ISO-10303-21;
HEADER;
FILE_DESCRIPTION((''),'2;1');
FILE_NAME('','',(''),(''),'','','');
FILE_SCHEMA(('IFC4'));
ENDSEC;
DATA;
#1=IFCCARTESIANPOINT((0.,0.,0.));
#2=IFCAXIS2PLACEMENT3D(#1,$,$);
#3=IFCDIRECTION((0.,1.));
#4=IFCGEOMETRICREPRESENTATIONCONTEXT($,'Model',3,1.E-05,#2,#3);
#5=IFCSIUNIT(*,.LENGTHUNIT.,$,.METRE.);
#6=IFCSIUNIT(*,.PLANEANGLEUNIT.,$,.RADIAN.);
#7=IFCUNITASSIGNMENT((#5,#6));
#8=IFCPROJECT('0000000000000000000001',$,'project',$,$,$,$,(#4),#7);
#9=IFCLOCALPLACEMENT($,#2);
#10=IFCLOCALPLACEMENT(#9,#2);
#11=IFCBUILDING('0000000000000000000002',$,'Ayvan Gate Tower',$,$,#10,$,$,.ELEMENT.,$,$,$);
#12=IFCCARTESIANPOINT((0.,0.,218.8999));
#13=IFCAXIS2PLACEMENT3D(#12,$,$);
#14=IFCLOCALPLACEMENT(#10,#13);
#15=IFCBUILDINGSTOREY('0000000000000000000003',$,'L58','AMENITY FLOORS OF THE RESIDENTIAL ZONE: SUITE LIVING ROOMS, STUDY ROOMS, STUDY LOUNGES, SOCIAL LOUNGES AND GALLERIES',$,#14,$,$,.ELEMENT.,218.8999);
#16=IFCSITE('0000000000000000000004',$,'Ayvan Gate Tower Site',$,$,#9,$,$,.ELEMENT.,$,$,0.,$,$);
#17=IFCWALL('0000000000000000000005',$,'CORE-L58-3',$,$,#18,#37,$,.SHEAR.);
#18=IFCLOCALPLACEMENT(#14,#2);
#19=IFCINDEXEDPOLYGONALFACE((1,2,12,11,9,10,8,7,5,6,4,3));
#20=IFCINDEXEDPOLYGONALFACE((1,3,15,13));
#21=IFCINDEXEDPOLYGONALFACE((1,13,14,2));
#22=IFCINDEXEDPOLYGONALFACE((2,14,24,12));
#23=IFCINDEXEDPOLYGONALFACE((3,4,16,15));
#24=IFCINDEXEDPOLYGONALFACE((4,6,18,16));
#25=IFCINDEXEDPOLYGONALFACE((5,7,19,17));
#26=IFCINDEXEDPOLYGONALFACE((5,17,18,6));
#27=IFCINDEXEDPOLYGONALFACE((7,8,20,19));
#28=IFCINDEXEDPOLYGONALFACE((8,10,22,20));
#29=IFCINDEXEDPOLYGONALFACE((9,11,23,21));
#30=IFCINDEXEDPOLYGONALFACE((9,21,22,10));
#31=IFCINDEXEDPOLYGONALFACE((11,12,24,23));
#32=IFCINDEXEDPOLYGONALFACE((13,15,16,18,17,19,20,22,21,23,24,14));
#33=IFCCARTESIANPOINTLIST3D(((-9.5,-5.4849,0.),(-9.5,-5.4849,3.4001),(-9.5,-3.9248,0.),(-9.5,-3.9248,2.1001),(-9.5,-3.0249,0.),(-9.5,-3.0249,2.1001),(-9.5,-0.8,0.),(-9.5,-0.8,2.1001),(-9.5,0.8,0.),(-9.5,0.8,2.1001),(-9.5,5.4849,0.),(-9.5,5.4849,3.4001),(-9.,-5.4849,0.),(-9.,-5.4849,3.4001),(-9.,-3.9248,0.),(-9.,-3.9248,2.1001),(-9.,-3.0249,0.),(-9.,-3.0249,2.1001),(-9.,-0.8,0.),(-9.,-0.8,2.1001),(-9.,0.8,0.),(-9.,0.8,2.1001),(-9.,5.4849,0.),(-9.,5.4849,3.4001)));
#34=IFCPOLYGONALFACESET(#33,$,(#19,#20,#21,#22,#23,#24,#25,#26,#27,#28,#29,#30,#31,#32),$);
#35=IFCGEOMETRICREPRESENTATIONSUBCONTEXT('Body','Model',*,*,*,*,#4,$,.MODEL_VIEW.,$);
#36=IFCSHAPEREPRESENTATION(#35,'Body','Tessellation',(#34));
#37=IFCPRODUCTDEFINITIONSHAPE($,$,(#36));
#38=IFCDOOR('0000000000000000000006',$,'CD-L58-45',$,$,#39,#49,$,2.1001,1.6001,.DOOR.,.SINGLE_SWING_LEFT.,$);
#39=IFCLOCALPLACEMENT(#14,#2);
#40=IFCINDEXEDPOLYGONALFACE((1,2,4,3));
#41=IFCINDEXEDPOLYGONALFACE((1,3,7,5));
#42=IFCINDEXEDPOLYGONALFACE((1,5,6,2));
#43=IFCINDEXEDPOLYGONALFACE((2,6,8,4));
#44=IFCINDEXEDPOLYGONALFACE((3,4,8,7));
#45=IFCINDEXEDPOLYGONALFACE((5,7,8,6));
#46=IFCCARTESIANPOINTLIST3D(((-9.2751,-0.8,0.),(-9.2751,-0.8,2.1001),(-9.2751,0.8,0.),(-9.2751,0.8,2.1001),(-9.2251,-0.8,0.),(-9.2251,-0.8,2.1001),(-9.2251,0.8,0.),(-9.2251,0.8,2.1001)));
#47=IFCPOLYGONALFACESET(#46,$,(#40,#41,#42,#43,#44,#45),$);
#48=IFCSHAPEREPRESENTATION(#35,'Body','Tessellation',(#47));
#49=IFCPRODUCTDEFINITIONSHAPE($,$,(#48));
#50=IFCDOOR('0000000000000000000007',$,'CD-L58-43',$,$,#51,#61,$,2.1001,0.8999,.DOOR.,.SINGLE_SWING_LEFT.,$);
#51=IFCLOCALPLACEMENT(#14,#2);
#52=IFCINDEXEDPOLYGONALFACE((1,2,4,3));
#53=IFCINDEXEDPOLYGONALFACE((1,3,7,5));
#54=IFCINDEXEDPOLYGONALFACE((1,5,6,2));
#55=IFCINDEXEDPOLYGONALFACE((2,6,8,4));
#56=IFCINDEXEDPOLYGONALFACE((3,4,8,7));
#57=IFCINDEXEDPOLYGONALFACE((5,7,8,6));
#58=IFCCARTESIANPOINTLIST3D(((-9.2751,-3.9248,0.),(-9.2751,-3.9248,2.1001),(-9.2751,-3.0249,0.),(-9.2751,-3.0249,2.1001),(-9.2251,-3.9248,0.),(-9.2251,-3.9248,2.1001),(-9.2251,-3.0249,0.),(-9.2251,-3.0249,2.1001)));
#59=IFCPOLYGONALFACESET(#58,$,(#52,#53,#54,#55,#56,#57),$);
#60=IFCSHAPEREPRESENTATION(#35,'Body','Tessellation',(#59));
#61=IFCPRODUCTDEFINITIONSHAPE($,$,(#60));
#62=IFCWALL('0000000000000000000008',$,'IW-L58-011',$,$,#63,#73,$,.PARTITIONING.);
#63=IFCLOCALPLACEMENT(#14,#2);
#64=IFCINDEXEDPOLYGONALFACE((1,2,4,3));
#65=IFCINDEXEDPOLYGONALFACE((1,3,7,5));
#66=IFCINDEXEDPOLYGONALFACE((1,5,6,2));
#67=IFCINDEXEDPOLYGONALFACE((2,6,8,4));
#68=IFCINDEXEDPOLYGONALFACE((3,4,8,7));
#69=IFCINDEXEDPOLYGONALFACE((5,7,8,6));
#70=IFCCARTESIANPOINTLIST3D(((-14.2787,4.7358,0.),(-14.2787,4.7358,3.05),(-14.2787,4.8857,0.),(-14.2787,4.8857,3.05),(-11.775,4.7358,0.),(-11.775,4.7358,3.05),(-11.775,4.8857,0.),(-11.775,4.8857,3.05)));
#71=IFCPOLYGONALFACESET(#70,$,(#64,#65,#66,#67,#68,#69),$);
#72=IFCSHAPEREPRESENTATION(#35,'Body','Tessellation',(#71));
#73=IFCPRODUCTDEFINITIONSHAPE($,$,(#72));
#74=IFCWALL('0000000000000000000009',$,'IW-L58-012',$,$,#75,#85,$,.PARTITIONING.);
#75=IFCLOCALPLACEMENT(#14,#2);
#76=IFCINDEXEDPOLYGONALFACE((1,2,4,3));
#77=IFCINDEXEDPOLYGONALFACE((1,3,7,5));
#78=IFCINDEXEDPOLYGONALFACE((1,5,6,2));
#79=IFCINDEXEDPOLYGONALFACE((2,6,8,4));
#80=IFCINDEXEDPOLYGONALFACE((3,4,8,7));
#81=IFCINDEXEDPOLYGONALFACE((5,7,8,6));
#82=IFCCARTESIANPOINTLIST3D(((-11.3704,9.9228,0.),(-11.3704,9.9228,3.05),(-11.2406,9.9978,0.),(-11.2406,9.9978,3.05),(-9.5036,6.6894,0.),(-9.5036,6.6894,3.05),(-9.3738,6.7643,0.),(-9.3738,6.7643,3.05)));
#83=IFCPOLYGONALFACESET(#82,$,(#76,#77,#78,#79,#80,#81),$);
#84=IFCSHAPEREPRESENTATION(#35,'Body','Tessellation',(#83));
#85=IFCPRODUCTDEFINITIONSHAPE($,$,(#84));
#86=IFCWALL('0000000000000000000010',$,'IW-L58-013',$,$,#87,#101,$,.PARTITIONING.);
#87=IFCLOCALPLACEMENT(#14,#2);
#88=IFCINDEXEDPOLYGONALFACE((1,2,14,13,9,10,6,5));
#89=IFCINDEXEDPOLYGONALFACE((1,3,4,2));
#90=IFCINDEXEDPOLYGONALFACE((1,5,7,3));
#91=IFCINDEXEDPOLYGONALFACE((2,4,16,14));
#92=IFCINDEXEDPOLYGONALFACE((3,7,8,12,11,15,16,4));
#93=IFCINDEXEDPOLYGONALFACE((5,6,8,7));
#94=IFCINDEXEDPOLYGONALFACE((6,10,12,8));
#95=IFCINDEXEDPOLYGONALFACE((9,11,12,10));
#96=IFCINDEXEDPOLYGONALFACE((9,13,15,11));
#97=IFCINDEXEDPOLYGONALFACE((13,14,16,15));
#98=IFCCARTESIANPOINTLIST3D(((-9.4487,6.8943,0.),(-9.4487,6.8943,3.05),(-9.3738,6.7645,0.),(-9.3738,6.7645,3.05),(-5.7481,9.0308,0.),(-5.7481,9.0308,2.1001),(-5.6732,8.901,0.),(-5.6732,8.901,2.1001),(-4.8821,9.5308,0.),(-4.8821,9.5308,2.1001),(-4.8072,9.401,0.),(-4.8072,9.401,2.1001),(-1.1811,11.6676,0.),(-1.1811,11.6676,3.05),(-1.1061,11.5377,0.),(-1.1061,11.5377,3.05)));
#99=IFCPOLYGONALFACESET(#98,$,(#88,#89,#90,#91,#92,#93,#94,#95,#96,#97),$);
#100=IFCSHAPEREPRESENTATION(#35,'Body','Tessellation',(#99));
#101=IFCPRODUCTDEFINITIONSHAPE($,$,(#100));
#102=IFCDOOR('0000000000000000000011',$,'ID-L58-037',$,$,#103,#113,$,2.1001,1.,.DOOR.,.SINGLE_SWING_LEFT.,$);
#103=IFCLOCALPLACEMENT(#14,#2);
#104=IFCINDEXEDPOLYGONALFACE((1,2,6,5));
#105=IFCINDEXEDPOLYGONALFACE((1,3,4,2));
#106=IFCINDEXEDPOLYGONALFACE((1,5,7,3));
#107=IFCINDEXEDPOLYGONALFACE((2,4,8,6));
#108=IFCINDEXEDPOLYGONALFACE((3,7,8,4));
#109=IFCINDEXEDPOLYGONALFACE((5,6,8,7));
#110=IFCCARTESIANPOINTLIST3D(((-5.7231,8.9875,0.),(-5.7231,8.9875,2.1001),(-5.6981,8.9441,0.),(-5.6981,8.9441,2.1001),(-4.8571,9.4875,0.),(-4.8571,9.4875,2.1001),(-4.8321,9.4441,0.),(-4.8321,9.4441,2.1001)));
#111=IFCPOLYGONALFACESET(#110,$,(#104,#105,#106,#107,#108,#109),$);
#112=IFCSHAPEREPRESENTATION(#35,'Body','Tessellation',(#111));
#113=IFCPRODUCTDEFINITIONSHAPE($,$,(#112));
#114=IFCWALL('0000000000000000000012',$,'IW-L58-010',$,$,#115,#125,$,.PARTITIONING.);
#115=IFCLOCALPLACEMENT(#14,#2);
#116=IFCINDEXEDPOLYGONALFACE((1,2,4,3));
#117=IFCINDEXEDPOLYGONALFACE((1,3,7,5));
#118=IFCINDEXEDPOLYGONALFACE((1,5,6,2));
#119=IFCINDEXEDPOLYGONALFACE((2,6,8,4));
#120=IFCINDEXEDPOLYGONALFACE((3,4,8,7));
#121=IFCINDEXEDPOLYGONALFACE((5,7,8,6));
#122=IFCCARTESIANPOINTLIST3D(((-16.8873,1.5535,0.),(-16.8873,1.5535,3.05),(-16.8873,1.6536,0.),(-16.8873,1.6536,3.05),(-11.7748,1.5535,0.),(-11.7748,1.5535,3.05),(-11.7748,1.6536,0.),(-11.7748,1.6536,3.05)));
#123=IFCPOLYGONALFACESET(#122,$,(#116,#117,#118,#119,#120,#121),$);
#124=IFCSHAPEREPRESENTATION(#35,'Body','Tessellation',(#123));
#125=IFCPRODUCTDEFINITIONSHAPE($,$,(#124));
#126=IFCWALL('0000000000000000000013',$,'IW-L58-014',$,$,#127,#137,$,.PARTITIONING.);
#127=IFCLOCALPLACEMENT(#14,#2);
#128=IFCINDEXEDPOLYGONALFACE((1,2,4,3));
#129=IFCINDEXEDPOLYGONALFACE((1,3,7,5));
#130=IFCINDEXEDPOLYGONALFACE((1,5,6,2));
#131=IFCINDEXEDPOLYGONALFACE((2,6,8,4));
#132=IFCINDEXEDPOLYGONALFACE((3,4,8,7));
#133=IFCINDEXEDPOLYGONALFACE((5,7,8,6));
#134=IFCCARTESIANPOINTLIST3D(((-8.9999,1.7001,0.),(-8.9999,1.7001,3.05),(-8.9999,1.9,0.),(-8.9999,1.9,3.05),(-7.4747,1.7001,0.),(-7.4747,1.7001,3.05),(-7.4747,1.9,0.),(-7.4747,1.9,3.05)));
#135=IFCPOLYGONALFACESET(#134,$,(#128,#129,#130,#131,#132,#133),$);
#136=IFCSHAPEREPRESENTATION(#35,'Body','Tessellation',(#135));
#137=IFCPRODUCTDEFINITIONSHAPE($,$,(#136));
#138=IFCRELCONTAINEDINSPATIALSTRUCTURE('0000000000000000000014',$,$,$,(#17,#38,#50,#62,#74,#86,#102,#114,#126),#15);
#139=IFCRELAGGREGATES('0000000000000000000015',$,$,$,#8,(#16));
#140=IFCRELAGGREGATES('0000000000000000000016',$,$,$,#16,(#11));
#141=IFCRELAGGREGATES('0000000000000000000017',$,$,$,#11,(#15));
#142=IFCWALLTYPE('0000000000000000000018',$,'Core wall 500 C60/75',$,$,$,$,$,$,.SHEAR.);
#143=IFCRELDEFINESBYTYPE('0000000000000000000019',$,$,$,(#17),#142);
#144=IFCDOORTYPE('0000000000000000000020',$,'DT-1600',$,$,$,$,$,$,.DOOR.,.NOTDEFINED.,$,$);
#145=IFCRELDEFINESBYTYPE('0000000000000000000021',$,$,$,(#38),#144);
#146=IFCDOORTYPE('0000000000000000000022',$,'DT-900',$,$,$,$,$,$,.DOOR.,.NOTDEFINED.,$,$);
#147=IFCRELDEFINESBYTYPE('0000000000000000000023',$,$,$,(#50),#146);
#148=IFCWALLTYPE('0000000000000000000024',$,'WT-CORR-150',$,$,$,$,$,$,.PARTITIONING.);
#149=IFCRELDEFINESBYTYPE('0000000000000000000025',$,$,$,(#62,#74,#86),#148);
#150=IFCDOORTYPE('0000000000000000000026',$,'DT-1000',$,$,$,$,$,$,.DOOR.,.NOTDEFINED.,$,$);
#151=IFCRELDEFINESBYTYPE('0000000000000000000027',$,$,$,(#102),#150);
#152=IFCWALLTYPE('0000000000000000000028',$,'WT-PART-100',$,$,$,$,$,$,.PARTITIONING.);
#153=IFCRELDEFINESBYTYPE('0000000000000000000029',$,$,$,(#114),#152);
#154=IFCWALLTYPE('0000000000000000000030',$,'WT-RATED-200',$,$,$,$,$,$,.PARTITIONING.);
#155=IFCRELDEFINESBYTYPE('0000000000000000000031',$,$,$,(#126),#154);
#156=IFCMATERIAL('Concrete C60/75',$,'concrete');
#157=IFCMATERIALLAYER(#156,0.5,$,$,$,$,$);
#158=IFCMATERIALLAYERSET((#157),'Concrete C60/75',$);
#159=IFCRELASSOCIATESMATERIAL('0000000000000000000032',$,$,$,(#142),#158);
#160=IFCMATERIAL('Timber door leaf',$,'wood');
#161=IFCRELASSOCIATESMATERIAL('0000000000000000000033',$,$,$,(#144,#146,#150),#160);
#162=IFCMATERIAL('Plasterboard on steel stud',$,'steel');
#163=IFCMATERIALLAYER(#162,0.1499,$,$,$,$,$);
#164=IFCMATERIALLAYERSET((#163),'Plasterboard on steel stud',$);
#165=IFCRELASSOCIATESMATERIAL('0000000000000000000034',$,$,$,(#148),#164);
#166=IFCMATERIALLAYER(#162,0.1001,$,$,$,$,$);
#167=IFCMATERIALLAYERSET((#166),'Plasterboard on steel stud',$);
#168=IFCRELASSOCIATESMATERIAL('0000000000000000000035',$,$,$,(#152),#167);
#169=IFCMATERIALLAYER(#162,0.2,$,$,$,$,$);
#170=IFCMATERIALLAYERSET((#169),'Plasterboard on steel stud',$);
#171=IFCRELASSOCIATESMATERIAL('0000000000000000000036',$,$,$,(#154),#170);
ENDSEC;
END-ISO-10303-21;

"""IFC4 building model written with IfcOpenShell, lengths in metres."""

from ifc_helpers import new_model, si_unit, direction, frame, frame_2d, origin, place, context, subcontext, project, spatial, rectangle, extrude, material, layer, layer_set, type_object, element, fill, save


model = new_model("IFC4")

# Units and contexts
model_context = context("Model", 3, precision=1e-05, world=origin(), true_north=direction((0.0, 1.0)))
body_context = subcontext(model_context, "Body", "Model", "MODEL_VIEW")
ifc_project = project(units=[si_unit("LENGTHUNIT", "METRE"), si_unit("PLANEANGLEUNIT", "RADIAN")], contexts=[model_context])

# Site, building, storey
site_placement = place(None, origin())
site = spatial("IfcSite", under=ifc_project, at=site_placement, Name="Ayvan Gate Tower Site", CompositionType="ELEMENT", RefElevation=0.0)
building_placement = place(site_placement, origin())
building = spatial("IfcBuilding", under=site, at=building_placement, Name="Ayvan Gate Tower", CompositionType="ELEMENT")
storey_placement = place(building_placement, frame((0.0, 0.0, 218.8999)))
storey = spatial("IfcBuildingStorey", under=building, at=storey_placement, Name="L58", Description="AMENITY FLOORS OF THE RESIDENTIAL ZONE: SUITE LIVING ROOMS, STUDY ROOMS, STUDY LOUNGES, SOCIAL LOUNGES AND GALLERIES", CompositionType="ELEMENT", Elevation=218.8999)

# Wall, openings, doors
ifc_material_1 = material(Name="Concrete C60/75", Category="concrete")
ifc_layer_1 = layer(ifc_material_1, 0.5)
ifc_layer_set_1 = layer_set([ifc_layer_1], Name="Concrete C60/75")
wall_type_1 = type_object("IfcWallType", Name="Core wall 500 C60/75", PredefinedType="SHEAR", material=ifc_layer_set_1)
wall_1_placement = place(storey_placement, frame((-9.25, 5.4849, 0.0), z_axis=(0.0, 0.0, 1.0), x_axis=(0.0, -1.0, 0.0)))
wall_1 = element("IfcWall", 1, at=wall_1_placement, inside=storey, type_object=wall_type_1, Name="CORE-L58-3", PredefinedType="SHEAR", context=body_context, shape_type="SweptSolid", body=[
    extrude(rectangle(XDim=10.9697, YDim=0.5, at=frame_2d((5.4849, 0.0))), origin(), (0.0, 0.0, 1.0), 3.4001),
])
opening_1_placement = place(wall_1_placement, frame((8.5098, 0.0, 0.0)))
opening_1 = element("IfcOpeningElement", 2, at=opening_1_placement, cuts=wall_1, PredefinedType="OPENING", context=body_context, shape_type="SweptSolid", body=[
    extrude(rectangle(XDim=0.8999, YDim=2.1001, at=frame_2d((0.45, 1.05))), frame((0.0, 0.26, 0.0), z_axis=(0.0, -1.0, 0.0), x_axis=(1.0, 0.0, 0.0)), (0.0, 0.0, 1.0), 0.52),
])
opening_2_placement = place(wall_1_placement, frame((4.6848, 0.0, 0.0)))
opening_2 = element("IfcOpeningElement", 3, at=opening_2_placement, cuts=wall_1, PredefinedType="OPENING", context=body_context, shape_type="SweptSolid", body=[
    extrude(rectangle(XDim=1.6001, YDim=2.1001, at=frame_2d((0.8, 1.05))), frame((0.0, 0.26, 0.0), z_axis=(0.0, -1.0, 0.0), x_axis=(1.0, 0.0, 0.0)), (0.0, 0.0, 1.0), 0.52),
])
ifc_material_2 = material(Name="Timber door leaf", Category="wood")
door_type_1 = type_object("IfcDoorType", Name="DT-1600", OperationType="NOTDEFINED", PredefinedType="DOOR", material=ifc_material_2)
door_1_placement = place(opening_2_placement, origin())
door_1 = element("IfcDoor", 4, at=door_1_placement, inside=storey, type_object=door_type_1, Name="CD-L58-45", OperationType="SINGLE_SWING_LEFT", OverallHeight=2.1001, OverallWidth=1.6001, PredefinedType="DOOR", context=body_context, shape_type="SweptSolid", body=[
    extrude(rectangle(XDim=1.6001, YDim=2.1001, at=frame_2d((0.8, 1.05))), frame((0.0, 0.0249, 0.0), z_axis=(0.0, -1.0, 0.0), x_axis=(1.0, 0.0, 0.0)), (0.0, 0.0, 1.0), 0.05),
])
fill(opening_2, door_1)
door_type_2 = type_object("IfcDoorType", Name="DT-900", OperationType="NOTDEFINED", PredefinedType="DOOR", material=ifc_material_2)
door_2_placement = place(opening_1_placement, origin())
door_2 = element("IfcDoor", 5, at=door_2_placement, inside=storey, type_object=door_type_2, Name="CD-L58-43", OperationType="SINGLE_SWING_LEFT", OverallHeight=2.1001, OverallWidth=0.8999, PredefinedType="DOOR", context=body_context, shape_type="SweptSolid", body=[
    extrude(rectangle(XDim=0.8999, YDim=2.1001, at=frame_2d((0.45, 1.05))), frame((0.0, 0.0249, 0.0), z_axis=(0.0, -1.0, 0.0), x_axis=(1.0, 0.0, 0.0)), (0.0, 0.0, 1.0), 0.05),
])
fill(opening_1, door_2)

# Walls
ifc_material_3 = material(Name="Plasterboard on steel stud", Category="steel")
ifc_layer_2 = layer(ifc_material_3, 0.1499)
ifc_layer_set_2 = layer_set([ifc_layer_2], Name="Plasterboard on steel stud")
wall_type_2 = type_object("IfcWallType", Name="WT-CORR-150", PredefinedType="PARTITIONING", material=ifc_layer_set_2)
wall_2_placement = place(storey_placement, frame((-11.7749, 4.8108, 0.0), z_axis=(0.0, 0.0, 1.0), x_axis=(-1.0, 0.0, 0.0)))
element("IfcWall", 6, at=wall_2_placement, inside=storey, type_object=wall_type_2, Name="IW-L58-011", PredefinedType="PARTITIONING", context=body_context, shape_type="SweptSolid", body=[
    extrude(rectangle(XDim=2.5037, YDim=0.1499, at=frame_2d((1.252, 0.0))), origin(), (0.0, 0.0, 1.0), 3.05),
])
wall_3_placement = place(storey_placement, frame((-11.3054, 9.9602, 0.0), z_axis=(0.0, 0.0, 1.0), x_axis=(0.499979, -0.866037, 0.0)))
element("IfcWall", 7, at=wall_3_placement, inside=storey, type_object=wall_type_2, Name="IW-L58-012", PredefinedType="PARTITIONING", context=body_context, shape_type="SweptSolid", body=[
    extrude(rectangle(XDim=3.7336, YDim=0.1499, at=frame_2d((1.8667, 0.0))), origin(), (0.0, 0.0, 1.0), 3.05),
])

# Wall, opening, door
wall_4_placement = place(storey_placement, frame((-9.4114, 6.8293, 0.0), z_axis=(0.0, 0.0, 1.0), x_axis=(0.86603, 0.499993, 0.0)))
wall_4 = element("IfcWall", 8, at=wall_4_placement, inside=storey, type_object=wall_type_2, Name="IW-L58-013", PredefinedType="PARTITIONING", context=body_context, shape_type="SweptSolid", body=[
    extrude(rectangle(XDim=9.5466, YDim=0.1499, at=frame_2d((4.7734, 0.0))), origin(), (0.0, 0.0, 1.0), 3.05),
])
opening_3_placement = place(wall_4_placement, frame((4.2732, 0.0, 0.0)))
opening_3 = element("IfcOpeningElement", 9, at=opening_3_placement, cuts=wall_4, PredefinedType="OPENING", context=body_context, shape_type="SweptSolid", body=[
    extrude(rectangle(XDim=1.0, YDim=2.1001, at=frame_2d((0.5, 1.05))), frame((0.0, 0.085, 0.0), z_axis=(0.0, -1.0, 0.0), x_axis=(1.0, 0.0, 0.0)), (0.0, 0.0, 1.0), 0.1699),
])
door_type_3 = type_object("IfcDoorType", Name="DT-1000", OperationType="NOTDEFINED", PredefinedType="DOOR", material=ifc_material_2)
door_3_placement = place(opening_3_placement, origin())
door_3 = element("IfcDoor", 10, at=door_3_placement, inside=storey, type_object=door_type_3, Name="ID-L58-037", OperationType="SINGLE_SWING_LEFT", OverallHeight=2.1001, OverallWidth=1.0, PredefinedType="DOOR", context=body_context, shape_type="SweptSolid", body=[
    extrude(rectangle(XDim=1.0, YDim=2.1001, at=frame_2d((0.5, 1.05))), frame((0.0, 0.0249, 0.0), z_axis=(0.0, -1.0, 0.0), x_axis=(1.0, 0.0, 0.0)), (0.0, 0.0, 1.0), 0.05),
])
fill(opening_3, door_3)

# Walls
ifc_layer_3 = layer(ifc_material_3, 0.1001)
ifc_layer_set_3 = layer_set([ifc_layer_3], Name="Plasterboard on steel stud")
wall_type_3 = type_object("IfcWallType", Name="WT-PART-100", PredefinedType="PARTITIONING", material=ifc_layer_set_3)
wall_5_placement = place(storey_placement, frame((-11.7749, 1.6035, 0.0), z_axis=(0.0, 0.0, 1.0), x_axis=(-1.0, 0.0, 0.0)))
element("IfcWall", 11, at=wall_5_placement, inside=storey, type_object=wall_type_3, Name="IW-L58-010", PredefinedType="PARTITIONING", context=body_context, shape_type="SweptSolid", body=[
    extrude(rectangle(XDim=5.1125, YDim=0.1001, at=frame_2d((2.5562, 0.0))), origin(), (0.0, 0.0, 1.0), 3.05),
])
ifc_layer_4 = layer(ifc_material_3, 0.2)
ifc_layer_set_4 = layer_set([ifc_layer_4], Name="Plasterboard on steel stud")
wall_type_4 = type_object("IfcWallType", Name="WT-RATED-200", PredefinedType="PARTITIONING", material=ifc_layer_set_4)
wall_6_placement = place(storey_placement, frame((-9.0, 1.8, 0.0), z_axis=(0.0, 0.0, 1.0), x_axis=(1.0, 0.0, 0.0)))
element("IfcWall", 12, at=wall_6_placement, inside=storey, type_object=wall_type_4, Name="IW-L58-014", PredefinedType="PARTITIONING", context=body_context, shape_type="SweptSolid", body=[
    extrude(rectangle(XDim=1.5251, YDim=0.2, at=frame_2d((0.7627, 0.0))), origin(), (0.0, 0.0, 1.0), 3.05),
])

save(model, "model.ifc")
